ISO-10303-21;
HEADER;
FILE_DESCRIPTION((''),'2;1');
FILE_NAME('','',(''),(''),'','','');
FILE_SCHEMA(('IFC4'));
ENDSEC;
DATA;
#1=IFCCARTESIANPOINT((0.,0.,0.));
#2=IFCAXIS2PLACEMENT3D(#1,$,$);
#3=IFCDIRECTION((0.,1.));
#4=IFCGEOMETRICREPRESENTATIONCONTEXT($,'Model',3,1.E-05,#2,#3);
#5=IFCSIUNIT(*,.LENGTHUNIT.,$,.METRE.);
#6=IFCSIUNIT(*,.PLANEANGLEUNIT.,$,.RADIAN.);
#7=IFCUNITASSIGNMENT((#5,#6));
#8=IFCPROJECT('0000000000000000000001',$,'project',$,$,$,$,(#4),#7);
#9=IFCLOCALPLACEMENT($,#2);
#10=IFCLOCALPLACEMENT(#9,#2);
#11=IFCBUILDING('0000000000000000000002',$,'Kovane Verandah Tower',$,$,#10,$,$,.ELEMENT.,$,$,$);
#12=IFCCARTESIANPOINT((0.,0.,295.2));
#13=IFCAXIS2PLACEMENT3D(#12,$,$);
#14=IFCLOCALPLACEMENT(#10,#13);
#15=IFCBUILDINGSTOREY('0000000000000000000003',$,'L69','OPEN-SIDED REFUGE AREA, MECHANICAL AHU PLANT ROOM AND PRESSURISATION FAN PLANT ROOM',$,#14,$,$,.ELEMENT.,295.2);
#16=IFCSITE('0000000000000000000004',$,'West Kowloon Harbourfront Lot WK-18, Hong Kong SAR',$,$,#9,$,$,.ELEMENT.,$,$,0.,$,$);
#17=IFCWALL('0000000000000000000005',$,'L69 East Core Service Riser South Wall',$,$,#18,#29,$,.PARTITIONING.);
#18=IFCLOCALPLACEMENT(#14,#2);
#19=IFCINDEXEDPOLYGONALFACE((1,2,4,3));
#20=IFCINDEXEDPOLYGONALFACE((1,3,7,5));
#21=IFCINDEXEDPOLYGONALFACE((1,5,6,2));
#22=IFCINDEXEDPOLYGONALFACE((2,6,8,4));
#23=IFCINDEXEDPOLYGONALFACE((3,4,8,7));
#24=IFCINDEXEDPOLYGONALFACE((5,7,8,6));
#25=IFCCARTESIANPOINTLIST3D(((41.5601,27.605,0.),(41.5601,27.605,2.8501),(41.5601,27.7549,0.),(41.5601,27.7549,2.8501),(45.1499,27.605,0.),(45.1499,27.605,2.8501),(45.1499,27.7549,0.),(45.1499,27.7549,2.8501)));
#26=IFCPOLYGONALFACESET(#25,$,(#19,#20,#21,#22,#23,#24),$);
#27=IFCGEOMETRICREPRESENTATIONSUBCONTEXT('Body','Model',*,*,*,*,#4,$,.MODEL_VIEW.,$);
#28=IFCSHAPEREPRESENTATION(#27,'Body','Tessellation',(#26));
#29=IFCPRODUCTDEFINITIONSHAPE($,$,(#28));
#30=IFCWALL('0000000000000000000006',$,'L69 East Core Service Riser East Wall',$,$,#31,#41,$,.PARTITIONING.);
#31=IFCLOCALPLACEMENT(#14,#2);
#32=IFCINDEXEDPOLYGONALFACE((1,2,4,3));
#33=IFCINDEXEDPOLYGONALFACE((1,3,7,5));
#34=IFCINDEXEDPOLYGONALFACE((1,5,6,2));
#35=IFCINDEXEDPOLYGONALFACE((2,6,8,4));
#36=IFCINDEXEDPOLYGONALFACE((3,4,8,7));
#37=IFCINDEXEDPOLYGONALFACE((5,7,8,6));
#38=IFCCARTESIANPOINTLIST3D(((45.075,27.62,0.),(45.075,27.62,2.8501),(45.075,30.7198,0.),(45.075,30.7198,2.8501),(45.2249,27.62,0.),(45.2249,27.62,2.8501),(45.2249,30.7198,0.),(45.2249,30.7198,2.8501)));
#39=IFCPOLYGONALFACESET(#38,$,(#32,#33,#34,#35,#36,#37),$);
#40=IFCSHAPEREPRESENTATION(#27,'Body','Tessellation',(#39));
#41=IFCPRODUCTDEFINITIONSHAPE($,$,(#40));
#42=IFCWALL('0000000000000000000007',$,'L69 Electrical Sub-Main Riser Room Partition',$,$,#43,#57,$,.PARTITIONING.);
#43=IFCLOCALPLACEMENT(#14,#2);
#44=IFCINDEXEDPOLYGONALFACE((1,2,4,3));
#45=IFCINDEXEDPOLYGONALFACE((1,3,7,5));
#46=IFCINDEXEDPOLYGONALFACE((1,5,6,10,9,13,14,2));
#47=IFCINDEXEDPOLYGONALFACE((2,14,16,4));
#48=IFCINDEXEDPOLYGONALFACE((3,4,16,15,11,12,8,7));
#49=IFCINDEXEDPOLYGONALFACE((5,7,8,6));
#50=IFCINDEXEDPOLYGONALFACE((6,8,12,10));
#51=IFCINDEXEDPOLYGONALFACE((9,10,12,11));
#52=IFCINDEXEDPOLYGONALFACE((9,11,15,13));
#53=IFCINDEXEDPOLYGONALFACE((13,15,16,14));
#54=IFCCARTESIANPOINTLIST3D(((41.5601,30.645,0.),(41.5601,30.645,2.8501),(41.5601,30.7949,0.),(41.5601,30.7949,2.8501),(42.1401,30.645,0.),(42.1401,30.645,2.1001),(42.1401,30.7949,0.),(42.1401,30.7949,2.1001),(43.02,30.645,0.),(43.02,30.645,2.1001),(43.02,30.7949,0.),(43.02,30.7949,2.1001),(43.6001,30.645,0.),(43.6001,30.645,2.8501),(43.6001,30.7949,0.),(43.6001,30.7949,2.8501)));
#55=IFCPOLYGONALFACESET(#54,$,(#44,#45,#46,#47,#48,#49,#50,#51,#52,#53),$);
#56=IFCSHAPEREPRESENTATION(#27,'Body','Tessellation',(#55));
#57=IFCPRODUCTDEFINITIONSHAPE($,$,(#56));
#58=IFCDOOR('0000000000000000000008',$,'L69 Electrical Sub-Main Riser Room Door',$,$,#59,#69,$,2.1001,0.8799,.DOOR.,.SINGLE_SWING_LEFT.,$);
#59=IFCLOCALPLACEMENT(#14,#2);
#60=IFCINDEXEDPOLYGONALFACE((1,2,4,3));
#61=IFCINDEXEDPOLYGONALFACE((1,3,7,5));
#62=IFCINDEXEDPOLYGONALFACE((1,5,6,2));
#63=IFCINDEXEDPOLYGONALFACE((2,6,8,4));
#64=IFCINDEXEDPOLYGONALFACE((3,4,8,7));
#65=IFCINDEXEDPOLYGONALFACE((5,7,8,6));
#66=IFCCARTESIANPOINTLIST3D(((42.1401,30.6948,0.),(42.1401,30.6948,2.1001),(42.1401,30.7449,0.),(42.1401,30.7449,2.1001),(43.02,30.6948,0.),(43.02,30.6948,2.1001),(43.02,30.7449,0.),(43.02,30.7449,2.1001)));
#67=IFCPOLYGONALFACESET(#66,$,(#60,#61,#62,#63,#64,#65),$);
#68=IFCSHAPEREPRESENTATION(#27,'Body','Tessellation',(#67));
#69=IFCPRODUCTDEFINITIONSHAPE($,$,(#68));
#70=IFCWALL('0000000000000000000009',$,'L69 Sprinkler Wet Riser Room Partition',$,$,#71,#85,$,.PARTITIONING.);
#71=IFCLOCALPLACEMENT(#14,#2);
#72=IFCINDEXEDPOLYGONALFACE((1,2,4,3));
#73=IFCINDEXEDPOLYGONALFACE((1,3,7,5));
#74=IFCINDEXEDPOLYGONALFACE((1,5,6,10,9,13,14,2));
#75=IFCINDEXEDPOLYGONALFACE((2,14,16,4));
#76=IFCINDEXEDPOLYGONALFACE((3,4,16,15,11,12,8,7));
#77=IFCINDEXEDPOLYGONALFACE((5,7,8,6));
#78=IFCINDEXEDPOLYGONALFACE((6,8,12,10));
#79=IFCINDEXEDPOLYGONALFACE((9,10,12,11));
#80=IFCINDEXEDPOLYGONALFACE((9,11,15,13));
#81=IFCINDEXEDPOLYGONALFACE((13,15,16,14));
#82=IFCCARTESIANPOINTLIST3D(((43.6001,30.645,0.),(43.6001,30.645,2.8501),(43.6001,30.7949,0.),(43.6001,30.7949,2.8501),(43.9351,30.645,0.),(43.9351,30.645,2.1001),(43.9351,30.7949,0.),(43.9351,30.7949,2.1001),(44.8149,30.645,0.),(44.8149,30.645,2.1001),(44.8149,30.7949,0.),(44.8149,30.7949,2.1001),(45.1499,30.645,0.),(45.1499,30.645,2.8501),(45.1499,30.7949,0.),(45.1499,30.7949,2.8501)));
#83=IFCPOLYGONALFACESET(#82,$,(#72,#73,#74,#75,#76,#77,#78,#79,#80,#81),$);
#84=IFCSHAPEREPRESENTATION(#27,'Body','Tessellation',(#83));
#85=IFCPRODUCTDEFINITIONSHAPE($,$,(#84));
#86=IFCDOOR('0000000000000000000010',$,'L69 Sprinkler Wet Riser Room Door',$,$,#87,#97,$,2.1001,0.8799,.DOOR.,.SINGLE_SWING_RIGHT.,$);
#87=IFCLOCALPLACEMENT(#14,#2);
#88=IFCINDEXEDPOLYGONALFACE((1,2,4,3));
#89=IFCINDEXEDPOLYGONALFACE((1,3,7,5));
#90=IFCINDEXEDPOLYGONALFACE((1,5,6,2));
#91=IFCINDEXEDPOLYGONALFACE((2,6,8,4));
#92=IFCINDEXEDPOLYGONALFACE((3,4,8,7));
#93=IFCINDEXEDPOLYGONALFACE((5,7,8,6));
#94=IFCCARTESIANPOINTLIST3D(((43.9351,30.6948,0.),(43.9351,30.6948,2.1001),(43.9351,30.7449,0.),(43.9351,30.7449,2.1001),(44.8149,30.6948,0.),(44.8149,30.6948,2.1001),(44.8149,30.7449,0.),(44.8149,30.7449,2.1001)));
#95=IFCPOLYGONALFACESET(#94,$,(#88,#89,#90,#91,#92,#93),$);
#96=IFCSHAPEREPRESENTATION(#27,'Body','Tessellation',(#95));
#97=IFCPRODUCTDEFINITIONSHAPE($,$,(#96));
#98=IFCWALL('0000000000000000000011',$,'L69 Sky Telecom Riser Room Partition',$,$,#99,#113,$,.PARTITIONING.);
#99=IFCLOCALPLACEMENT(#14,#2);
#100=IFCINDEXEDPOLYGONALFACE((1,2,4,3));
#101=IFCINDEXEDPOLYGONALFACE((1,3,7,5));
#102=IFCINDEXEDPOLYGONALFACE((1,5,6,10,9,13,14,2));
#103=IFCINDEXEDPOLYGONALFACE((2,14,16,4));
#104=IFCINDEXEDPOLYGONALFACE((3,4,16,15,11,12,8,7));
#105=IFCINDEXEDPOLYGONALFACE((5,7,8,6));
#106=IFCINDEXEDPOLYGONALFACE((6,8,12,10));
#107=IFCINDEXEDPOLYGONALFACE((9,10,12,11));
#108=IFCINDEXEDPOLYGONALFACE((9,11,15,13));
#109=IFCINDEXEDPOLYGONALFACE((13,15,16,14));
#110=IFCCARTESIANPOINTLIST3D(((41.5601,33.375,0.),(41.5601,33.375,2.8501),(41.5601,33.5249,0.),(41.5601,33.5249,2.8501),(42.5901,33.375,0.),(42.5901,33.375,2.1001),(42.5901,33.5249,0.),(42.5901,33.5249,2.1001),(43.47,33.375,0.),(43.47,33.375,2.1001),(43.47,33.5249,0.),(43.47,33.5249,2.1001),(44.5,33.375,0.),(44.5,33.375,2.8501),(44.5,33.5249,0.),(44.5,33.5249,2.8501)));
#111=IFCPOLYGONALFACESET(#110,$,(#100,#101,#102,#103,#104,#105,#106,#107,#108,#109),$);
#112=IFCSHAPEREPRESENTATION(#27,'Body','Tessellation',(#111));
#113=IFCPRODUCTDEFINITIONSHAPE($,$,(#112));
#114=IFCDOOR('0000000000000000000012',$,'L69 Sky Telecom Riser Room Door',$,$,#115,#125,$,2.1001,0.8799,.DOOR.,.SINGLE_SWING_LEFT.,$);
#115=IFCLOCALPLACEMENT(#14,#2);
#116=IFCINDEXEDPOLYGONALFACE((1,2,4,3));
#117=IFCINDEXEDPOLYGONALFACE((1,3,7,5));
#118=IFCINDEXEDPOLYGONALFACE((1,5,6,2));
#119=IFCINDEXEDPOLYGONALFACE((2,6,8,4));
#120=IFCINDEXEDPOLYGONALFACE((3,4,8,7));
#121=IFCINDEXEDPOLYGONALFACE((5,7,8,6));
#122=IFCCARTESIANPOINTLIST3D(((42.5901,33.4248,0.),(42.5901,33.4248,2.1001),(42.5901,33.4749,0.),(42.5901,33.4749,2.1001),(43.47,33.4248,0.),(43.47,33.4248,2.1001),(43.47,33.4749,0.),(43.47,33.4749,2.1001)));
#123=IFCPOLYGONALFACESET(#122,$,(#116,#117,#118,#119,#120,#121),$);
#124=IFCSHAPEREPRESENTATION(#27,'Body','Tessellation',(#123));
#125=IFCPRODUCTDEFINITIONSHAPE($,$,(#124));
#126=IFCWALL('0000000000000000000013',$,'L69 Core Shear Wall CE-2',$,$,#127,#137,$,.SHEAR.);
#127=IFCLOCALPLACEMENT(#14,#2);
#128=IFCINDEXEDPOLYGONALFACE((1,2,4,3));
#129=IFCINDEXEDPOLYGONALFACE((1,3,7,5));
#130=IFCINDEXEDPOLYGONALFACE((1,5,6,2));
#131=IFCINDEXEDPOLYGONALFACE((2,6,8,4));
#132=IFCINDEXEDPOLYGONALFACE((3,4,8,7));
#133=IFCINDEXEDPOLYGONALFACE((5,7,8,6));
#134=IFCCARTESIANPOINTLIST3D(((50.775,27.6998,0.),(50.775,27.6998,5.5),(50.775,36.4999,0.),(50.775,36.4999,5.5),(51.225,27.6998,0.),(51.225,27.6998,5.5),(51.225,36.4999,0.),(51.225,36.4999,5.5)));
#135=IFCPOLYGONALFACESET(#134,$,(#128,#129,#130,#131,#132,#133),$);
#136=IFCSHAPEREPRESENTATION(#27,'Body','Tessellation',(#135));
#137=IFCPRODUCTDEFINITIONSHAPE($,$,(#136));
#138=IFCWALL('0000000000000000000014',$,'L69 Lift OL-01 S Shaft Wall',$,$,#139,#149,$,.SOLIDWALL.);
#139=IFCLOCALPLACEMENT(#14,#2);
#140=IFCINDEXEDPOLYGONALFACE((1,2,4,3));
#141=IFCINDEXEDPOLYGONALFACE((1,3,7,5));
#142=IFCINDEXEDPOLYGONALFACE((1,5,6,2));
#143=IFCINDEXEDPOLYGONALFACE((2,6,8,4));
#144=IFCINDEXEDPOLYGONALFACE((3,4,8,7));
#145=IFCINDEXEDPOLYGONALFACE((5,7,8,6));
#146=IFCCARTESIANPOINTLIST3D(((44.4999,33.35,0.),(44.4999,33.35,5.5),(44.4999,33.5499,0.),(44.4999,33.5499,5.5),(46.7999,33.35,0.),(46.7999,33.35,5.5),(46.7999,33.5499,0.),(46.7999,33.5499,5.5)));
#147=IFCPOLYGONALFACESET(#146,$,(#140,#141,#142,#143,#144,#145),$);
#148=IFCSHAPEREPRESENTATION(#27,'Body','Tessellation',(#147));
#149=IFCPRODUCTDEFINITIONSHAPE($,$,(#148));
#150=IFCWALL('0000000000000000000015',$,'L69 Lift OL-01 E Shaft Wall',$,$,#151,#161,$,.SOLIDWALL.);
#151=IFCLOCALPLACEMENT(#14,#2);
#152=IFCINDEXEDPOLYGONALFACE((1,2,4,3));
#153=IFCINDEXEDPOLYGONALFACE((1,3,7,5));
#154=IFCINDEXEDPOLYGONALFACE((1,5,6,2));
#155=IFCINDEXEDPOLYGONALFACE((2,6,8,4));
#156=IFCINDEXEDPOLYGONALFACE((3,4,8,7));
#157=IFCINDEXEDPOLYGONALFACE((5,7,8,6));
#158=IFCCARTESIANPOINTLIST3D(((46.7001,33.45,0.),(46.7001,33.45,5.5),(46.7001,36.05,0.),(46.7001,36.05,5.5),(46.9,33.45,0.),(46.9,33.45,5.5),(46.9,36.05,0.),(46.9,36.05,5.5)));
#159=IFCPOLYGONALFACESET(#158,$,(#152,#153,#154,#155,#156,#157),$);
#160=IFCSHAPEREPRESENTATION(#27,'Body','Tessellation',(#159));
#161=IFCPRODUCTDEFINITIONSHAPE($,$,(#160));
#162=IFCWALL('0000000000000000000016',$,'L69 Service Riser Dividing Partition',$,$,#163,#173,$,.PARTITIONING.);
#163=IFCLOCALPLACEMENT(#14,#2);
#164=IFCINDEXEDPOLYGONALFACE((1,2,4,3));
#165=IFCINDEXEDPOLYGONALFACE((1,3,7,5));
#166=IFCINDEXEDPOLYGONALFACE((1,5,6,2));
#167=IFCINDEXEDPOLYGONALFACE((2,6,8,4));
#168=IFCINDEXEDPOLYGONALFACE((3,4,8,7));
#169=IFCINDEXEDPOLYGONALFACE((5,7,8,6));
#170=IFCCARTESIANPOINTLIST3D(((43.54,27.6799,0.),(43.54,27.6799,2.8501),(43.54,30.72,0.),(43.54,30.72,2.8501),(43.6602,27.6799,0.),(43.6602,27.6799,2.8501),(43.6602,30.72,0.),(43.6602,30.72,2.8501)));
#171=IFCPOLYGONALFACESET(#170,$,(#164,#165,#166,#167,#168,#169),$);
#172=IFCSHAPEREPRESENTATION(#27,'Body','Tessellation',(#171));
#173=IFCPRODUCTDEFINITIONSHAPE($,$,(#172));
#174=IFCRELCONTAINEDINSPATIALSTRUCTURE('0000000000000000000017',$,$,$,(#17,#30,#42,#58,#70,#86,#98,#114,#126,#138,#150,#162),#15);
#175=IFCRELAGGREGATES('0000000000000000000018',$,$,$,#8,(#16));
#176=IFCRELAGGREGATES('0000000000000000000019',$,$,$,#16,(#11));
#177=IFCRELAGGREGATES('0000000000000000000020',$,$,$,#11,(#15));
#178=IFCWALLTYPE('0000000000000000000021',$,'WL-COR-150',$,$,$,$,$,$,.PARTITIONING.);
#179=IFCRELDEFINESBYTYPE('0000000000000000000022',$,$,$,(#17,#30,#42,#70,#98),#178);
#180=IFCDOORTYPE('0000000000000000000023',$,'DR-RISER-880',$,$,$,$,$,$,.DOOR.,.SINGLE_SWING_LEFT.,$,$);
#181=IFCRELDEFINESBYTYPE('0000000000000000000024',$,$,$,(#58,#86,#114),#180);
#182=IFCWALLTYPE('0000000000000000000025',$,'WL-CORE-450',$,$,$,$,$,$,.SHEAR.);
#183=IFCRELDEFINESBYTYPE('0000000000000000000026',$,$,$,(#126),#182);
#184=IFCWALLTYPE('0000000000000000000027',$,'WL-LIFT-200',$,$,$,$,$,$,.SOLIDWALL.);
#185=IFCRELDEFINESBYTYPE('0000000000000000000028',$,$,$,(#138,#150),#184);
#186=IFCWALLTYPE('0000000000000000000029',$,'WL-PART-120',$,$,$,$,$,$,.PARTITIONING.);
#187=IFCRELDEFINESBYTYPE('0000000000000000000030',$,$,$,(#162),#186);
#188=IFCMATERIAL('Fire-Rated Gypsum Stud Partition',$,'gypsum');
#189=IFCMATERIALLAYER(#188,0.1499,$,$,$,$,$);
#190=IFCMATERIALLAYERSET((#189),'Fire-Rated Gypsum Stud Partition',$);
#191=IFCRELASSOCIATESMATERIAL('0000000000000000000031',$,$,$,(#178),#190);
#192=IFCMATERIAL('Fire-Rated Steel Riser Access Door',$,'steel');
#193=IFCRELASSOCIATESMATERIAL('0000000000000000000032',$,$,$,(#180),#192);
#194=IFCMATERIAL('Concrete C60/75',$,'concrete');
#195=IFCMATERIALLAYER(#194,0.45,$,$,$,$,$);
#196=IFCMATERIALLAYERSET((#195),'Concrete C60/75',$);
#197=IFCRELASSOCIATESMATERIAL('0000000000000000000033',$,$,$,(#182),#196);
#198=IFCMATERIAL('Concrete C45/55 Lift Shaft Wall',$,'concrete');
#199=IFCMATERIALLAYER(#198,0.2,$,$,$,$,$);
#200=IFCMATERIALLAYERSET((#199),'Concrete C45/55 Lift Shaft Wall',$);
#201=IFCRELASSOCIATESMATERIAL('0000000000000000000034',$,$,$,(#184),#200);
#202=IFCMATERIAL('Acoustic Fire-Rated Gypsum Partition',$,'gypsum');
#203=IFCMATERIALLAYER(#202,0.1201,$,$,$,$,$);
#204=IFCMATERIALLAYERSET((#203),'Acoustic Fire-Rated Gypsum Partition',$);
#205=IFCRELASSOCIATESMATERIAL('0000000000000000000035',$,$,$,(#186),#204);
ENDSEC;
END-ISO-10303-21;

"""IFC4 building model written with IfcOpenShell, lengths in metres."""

from ifc_helpers import new_model, si_unit, direction, frame, frame_2d, origin, place, context, subcontext, project, spatial, rectangle, extrude, material, layer, layer_set, type_object, element, fill, save


model = new_model("IFC4")

# Units and contexts
model_context = context("Model", 3, precision=1e-05, world=origin(), true_north=direction((0.0, 1.0)))
body_context = subcontext(model_context, "Body", "Model", "MODEL_VIEW")
ifc_project = project(units=[si_unit("LENGTHUNIT", "METRE"), si_unit("PLANEANGLEUNIT", "RADIAN")], contexts=[model_context])

# Site, building, storey
site_placement = place(None, origin())
site = spatial("IfcSite", under=ifc_project, at=site_placement, Name="West Kowloon Harbourfront Lot WK-18, Hong Kong SAR", CompositionType="ELEMENT", RefElevation=0.0)
building_placement = place(site_placement, origin())
building = spatial("IfcBuilding", under=site, at=building_placement, Name="Kovane Verandah Tower", CompositionType="ELEMENT")
storey_placement = place(building_placement, frame((0.0, 0.0, 295.2)))
storey = spatial("IfcBuildingStorey", under=building, at=storey_placement, Name="L69", Description="OPEN-SIDED REFUGE AREA, MECHANICAL AHU PLANT ROOM AND PRESSURISATION FAN PLANT ROOM", CompositionType="ELEMENT", Elevation=295.2)

# Walls
ifc_material_1 = material(Name="Fire-Rated Gypsum Stud Partition", Category="gypsum")
ifc_layer_1 = layer(ifc_material_1, 0.1499)
ifc_layer_set_1 = layer_set([ifc_layer_1], Name="Fire-Rated Gypsum Stud Partition")
wall_type_1 = type_object("IfcWallType", Name="WL-COR-150", PredefinedType="PARTITIONING", material=ifc_layer_set_1)
wall_1_placement = place(storey_placement, frame((41.5601, 27.6799, 0.0), z_axis=(0.0, 0.0, 1.0), x_axis=(1.0, 0.0, 0.0)))
element("IfcWall", 1, at=wall_1_placement, inside=storey, type_object=wall_type_1, Name="L69 East Core Service Riser South Wall", PredefinedType="PARTITIONING", context=body_context, shape_type="SweptSolid", body=[
    extrude(rectangle(XDim=3.5898, YDim=0.1499, at=frame_2d((1.7949, 0.0))), origin(), (0.0, 0.0, 1.0), 2.8501),
])
wall_2_placement = place(storey_placement, frame((45.1499, 27.6201, 0.0), z_axis=(0.0, 0.0, 1.0), x_axis=(0.0, 1.0, 0.0)))
element("IfcWall", 2, at=wall_2_placement, inside=storey, type_object=wall_type_1, Name="L69 East Core Service Riser East Wall", PredefinedType="PARTITIONING", context=body_context, shape_type="SweptSolid", body=[
    extrude(rectangle(XDim=3.0999, YDim=0.1499, at=frame_2d((1.5498, 0.0))), origin(), (0.0, 0.0, 1.0), 2.8501),
])

# Walls, openings, doors
wall_3_placement = place(storey_placement, frame((41.5601, 30.72, 0.0), z_axis=(0.0, 0.0, 1.0), x_axis=(1.0, 0.0, 0.0)))
wall_3 = element("IfcWall", 3, at=wall_3_placement, inside=storey, type_object=wall_type_1, Name="L69 Electrical Sub-Main Riser Room Partition", PredefinedType="PARTITIONING", context=body_context, shape_type="SweptSolid", body=[
    extrude(rectangle(XDim=2.04, YDim=0.1499, at=frame_2d((1.02, 0.0))), origin(), (0.0, 0.0, 1.0), 2.8501),
])
opening_1_placement = place(wall_3_placement, frame((0.5801, 0.0, 0.0)))
opening_1 = element("IfcOpeningElement", 4, at=opening_1_placement, cuts=wall_3, PredefinedType="OPENING", context=body_context, shape_type="SweptSolid", body=[
    extrude(rectangle(XDim=0.8799, YDim=2.1001, at=frame_2d((0.4399, 1.05))), frame((0.0, 0.075, 0.0), z_axis=(0.0, -1.0, 0.0), x_axis=(1.0, 0.0, 0.0)), (0.0, 0.0, 1.0), 0.1499),
])
ifc_material_2 = material(Name="Fire-Rated Steel Riser Access Door", Category="steel")
door_type_1 = type_object("IfcDoorType", Name="DR-RISER-880", OperationType="SINGLE_SWING_LEFT", PredefinedType="DOOR", material=ifc_material_2)
door_1_placement = place(opening_1_placement, origin())
door_1 = element("IfcDoor", 5, at=door_1_placement, inside=storey, type_object=door_type_1, Name="L69 Electrical Sub-Main Riser Room Door", OperationType="SINGLE_SWING_LEFT", OverallHeight=2.1001, OverallWidth=0.8799, PredefinedType="DOOR", context=body_context, shape_type="SweptSolid", body=[
    extrude(rectangle(XDim=0.8799, YDim=2.1001, at=frame_2d((0.4399, 1.05))), frame((0.0, 0.0249, 0.0), z_axis=(0.0, -1.0, 0.0), x_axis=(1.0, 0.0, 0.0)), (0.0, 0.0, 1.0), 0.05),
])
fill(opening_1, door_1)
wall_4_placement = place(storey_placement, frame((43.6001, 30.72, 0.0), z_axis=(0.0, 0.0, 1.0), x_axis=(1.0, 0.0, 0.0)))
wall_4 = element("IfcWall", 6, at=wall_4_placement, inside=storey, type_object=wall_type_1, Name="L69 Sprinkler Wet Riser Room Partition", PredefinedType="PARTITIONING", context=body_context, shape_type="SweptSolid", body=[
    extrude(rectangle(XDim=1.5498, YDim=0.1499, at=frame_2d((0.7749, 0.0))), origin(), (0.0, 0.0, 1.0), 2.8501),
])
opening_2_placement = place(wall_4_placement, frame((0.335, 0.0, 0.0)))
opening_2 = element("IfcOpeningElement", 7, at=opening_2_placement, cuts=wall_4, PredefinedType="OPENING", context=body_context, shape_type="SweptSolid", body=[
    extrude(rectangle(XDim=0.8799, YDim=2.1001, at=frame_2d((0.4399, 1.05))), frame((0.0, 0.075, 0.0), z_axis=(0.0, -1.0, 0.0), x_axis=(1.0, 0.0, 0.0)), (0.0, 0.0, 1.0), 0.1499),
])
door_2_placement = place(opening_2_placement, origin())
door_2 = element("IfcDoor", 8, at=door_2_placement, inside=storey, type_object=door_type_1, Name="L69 Sprinkler Wet Riser Room Door", OperationType="SINGLE_SWING_RIGHT", OverallHeight=2.1001, OverallWidth=0.8799, PredefinedType="DOOR", context=body_context, shape_type="SweptSolid", body=[
    extrude(rectangle(XDim=0.8799, YDim=2.1001, at=frame_2d((0.4399, 1.05))), frame((0.0, 0.0249, 0.0), z_axis=(0.0, -1.0, 0.0), x_axis=(1.0, 0.0, 0.0)), (0.0, 0.0, 1.0), 0.05),
])
fill(opening_2, door_2)
wall_5_placement = place(storey_placement, frame((41.5601, 33.45, 0.0), z_axis=(0.0, 0.0, 1.0), x_axis=(1.0, 0.0, 0.0)))
wall_5 = element("IfcWall", 9, at=wall_5_placement, inside=storey, type_object=wall_type_1, Name="L69 Sky Telecom Riser Room Partition", PredefinedType="PARTITIONING", context=body_context, shape_type="SweptSolid", body=[
    extrude(rectangle(XDim=2.9399, YDim=0.1499, at=frame_2d((1.47, 0.0))), origin(), (0.0, 0.0, 1.0), 2.8501),
])
opening_3_placement = place(wall_5_placement, frame((1.03, 0.0, 0.0)))
opening_3 = element("IfcOpeningElement", 10, at=opening_3_placement, cuts=wall_5, PredefinedType="OPENING", context=body_context, shape_type="SweptSolid", body=[
    extrude(rectangle(XDim=0.8799, YDim=2.1001, at=frame_2d((0.4399, 1.05))), frame((0.0, 0.075, 0.0), z_axis=(0.0, -1.0, 0.0), x_axis=(1.0, 0.0, 0.0)), (0.0, 0.0, 1.0), 0.1499),
])
door_3_placement = place(opening_3_placement, origin())
door_3 = element("IfcDoor", 11, at=door_3_placement, inside=storey, type_object=door_type_1, Name="L69 Sky Telecom Riser Room Door", OperationType="SINGLE_SWING_LEFT", OverallHeight=2.1001, OverallWidth=0.8799, PredefinedType="DOOR", context=body_context, shape_type="SweptSolid", body=[
    extrude(rectangle(XDim=0.8799, YDim=2.1001, at=frame_2d((0.4399, 1.05))), frame((0.0, 0.0249, 0.0), z_axis=(0.0, -1.0, 0.0), x_axis=(1.0, 0.0, 0.0)), (0.0, 0.0, 1.0), 0.05),
])
fill(opening_3, door_3)

# Walls
ifc_material_3 = material(Name="Concrete C60/75", Category="concrete")
ifc_layer_2 = layer(ifc_material_3, 0.45)
ifc_layer_set_2 = layer_set([ifc_layer_2], Name="Concrete C60/75")
wall_type_2 = type_object("IfcWallType", Name="WL-CORE-450", PredefinedType="SHEAR", material=ifc_layer_set_2)
wall_6_placement = place(storey_placement, frame((51.0, 27.7, 0.0), z_axis=(0.0, 0.0, 1.0), x_axis=(0.0, 1.0, 0.0)))
element("IfcWall", 12, at=wall_6_placement, inside=storey, type_object=wall_type_2, Name="L69 Core Shear Wall CE-2", PredefinedType="SHEAR", context=body_context, shape_type="SweptSolid", body=[
    extrude(rectangle(XDim=8.8, YDim=0.45, at=frame_2d((4.3999, 0.0))), origin(), (0.0, 0.0, 1.0), 5.5),
])
ifc_material_4 = material(Name="Concrete C45/55 Lift Shaft Wall", Category="concrete")
ifc_layer_3 = layer(ifc_material_4, 0.2)
ifc_layer_set_3 = layer_set([ifc_layer_3], Name="Concrete C45/55 Lift Shaft Wall")
wall_type_3 = type_object("IfcWallType", Name="WL-LIFT-200", PredefinedType="SOLIDWALL", material=ifc_layer_set_3)
wall_7_placement = place(storey_placement, frame((44.5, 33.45, 0.0), z_axis=(0.0, 0.0, 1.0), x_axis=(1.0, 0.0, 0.0)))
element("IfcWall", 13, at=wall_7_placement, inside=storey, type_object=wall_type_3, Name="L69 Lift OL-01 S Shaft Wall", PredefinedType="SOLIDWALL", context=body_context, shape_type="SweptSolid", body=[
    extrude(rectangle(XDim=2.3, YDim=0.2, at=frame_2d((1.1499, 0.0))), origin(), (0.0, 0.0, 1.0), 5.5),
])
wall_8_placement = place(storey_placement, frame((46.8, 33.45, 0.0), z_axis=(0.0, 0.0, 1.0), x_axis=(0.0, 1.0, 0.0)))
element("IfcWall", 14, at=wall_8_placement, inside=storey, type_object=wall_type_3, Name="L69 Lift OL-01 E Shaft Wall", PredefinedType="SOLIDWALL", context=body_context, shape_type="SweptSolid", body=[
    extrude(rectangle(XDim=2.6001, YDim=0.2, at=frame_2d((1.3, 0.0))), origin(), (0.0, 0.0, 1.0), 5.5),
])
ifc_material_5 = material(Name="Acoustic Fire-Rated Gypsum Partition", Category="gypsum")
ifc_layer_4 = layer(ifc_material_5, 0.1201)
ifc_layer_set_4 = layer_set([ifc_layer_4], Name="Acoustic Fire-Rated Gypsum Partition")
wall_type_4 = type_object("IfcWallType", Name="WL-PART-120", PredefinedType="PARTITIONING", material=ifc_layer_set_4)
wall_9_placement = place(storey_placement, frame((43.6001, 27.6799, 0.0), z_axis=(0.0, 0.0, 1.0), x_axis=(0.0, 1.0, 0.0)))
element("IfcWall", 15, at=wall_9_placement, inside=storey, type_object=wall_type_4, Name="L69 Service Riser Dividing Partition", PredefinedType="PARTITIONING", context=body_context, shape_type="SweptSolid", body=[
    extrude(rectangle(XDim=3.04, YDim=0.1201, at=frame_2d((1.52, 0.0))), origin(), (0.0, 0.0, 1.0), 2.8501),
])

save(model, "model.ifc")
